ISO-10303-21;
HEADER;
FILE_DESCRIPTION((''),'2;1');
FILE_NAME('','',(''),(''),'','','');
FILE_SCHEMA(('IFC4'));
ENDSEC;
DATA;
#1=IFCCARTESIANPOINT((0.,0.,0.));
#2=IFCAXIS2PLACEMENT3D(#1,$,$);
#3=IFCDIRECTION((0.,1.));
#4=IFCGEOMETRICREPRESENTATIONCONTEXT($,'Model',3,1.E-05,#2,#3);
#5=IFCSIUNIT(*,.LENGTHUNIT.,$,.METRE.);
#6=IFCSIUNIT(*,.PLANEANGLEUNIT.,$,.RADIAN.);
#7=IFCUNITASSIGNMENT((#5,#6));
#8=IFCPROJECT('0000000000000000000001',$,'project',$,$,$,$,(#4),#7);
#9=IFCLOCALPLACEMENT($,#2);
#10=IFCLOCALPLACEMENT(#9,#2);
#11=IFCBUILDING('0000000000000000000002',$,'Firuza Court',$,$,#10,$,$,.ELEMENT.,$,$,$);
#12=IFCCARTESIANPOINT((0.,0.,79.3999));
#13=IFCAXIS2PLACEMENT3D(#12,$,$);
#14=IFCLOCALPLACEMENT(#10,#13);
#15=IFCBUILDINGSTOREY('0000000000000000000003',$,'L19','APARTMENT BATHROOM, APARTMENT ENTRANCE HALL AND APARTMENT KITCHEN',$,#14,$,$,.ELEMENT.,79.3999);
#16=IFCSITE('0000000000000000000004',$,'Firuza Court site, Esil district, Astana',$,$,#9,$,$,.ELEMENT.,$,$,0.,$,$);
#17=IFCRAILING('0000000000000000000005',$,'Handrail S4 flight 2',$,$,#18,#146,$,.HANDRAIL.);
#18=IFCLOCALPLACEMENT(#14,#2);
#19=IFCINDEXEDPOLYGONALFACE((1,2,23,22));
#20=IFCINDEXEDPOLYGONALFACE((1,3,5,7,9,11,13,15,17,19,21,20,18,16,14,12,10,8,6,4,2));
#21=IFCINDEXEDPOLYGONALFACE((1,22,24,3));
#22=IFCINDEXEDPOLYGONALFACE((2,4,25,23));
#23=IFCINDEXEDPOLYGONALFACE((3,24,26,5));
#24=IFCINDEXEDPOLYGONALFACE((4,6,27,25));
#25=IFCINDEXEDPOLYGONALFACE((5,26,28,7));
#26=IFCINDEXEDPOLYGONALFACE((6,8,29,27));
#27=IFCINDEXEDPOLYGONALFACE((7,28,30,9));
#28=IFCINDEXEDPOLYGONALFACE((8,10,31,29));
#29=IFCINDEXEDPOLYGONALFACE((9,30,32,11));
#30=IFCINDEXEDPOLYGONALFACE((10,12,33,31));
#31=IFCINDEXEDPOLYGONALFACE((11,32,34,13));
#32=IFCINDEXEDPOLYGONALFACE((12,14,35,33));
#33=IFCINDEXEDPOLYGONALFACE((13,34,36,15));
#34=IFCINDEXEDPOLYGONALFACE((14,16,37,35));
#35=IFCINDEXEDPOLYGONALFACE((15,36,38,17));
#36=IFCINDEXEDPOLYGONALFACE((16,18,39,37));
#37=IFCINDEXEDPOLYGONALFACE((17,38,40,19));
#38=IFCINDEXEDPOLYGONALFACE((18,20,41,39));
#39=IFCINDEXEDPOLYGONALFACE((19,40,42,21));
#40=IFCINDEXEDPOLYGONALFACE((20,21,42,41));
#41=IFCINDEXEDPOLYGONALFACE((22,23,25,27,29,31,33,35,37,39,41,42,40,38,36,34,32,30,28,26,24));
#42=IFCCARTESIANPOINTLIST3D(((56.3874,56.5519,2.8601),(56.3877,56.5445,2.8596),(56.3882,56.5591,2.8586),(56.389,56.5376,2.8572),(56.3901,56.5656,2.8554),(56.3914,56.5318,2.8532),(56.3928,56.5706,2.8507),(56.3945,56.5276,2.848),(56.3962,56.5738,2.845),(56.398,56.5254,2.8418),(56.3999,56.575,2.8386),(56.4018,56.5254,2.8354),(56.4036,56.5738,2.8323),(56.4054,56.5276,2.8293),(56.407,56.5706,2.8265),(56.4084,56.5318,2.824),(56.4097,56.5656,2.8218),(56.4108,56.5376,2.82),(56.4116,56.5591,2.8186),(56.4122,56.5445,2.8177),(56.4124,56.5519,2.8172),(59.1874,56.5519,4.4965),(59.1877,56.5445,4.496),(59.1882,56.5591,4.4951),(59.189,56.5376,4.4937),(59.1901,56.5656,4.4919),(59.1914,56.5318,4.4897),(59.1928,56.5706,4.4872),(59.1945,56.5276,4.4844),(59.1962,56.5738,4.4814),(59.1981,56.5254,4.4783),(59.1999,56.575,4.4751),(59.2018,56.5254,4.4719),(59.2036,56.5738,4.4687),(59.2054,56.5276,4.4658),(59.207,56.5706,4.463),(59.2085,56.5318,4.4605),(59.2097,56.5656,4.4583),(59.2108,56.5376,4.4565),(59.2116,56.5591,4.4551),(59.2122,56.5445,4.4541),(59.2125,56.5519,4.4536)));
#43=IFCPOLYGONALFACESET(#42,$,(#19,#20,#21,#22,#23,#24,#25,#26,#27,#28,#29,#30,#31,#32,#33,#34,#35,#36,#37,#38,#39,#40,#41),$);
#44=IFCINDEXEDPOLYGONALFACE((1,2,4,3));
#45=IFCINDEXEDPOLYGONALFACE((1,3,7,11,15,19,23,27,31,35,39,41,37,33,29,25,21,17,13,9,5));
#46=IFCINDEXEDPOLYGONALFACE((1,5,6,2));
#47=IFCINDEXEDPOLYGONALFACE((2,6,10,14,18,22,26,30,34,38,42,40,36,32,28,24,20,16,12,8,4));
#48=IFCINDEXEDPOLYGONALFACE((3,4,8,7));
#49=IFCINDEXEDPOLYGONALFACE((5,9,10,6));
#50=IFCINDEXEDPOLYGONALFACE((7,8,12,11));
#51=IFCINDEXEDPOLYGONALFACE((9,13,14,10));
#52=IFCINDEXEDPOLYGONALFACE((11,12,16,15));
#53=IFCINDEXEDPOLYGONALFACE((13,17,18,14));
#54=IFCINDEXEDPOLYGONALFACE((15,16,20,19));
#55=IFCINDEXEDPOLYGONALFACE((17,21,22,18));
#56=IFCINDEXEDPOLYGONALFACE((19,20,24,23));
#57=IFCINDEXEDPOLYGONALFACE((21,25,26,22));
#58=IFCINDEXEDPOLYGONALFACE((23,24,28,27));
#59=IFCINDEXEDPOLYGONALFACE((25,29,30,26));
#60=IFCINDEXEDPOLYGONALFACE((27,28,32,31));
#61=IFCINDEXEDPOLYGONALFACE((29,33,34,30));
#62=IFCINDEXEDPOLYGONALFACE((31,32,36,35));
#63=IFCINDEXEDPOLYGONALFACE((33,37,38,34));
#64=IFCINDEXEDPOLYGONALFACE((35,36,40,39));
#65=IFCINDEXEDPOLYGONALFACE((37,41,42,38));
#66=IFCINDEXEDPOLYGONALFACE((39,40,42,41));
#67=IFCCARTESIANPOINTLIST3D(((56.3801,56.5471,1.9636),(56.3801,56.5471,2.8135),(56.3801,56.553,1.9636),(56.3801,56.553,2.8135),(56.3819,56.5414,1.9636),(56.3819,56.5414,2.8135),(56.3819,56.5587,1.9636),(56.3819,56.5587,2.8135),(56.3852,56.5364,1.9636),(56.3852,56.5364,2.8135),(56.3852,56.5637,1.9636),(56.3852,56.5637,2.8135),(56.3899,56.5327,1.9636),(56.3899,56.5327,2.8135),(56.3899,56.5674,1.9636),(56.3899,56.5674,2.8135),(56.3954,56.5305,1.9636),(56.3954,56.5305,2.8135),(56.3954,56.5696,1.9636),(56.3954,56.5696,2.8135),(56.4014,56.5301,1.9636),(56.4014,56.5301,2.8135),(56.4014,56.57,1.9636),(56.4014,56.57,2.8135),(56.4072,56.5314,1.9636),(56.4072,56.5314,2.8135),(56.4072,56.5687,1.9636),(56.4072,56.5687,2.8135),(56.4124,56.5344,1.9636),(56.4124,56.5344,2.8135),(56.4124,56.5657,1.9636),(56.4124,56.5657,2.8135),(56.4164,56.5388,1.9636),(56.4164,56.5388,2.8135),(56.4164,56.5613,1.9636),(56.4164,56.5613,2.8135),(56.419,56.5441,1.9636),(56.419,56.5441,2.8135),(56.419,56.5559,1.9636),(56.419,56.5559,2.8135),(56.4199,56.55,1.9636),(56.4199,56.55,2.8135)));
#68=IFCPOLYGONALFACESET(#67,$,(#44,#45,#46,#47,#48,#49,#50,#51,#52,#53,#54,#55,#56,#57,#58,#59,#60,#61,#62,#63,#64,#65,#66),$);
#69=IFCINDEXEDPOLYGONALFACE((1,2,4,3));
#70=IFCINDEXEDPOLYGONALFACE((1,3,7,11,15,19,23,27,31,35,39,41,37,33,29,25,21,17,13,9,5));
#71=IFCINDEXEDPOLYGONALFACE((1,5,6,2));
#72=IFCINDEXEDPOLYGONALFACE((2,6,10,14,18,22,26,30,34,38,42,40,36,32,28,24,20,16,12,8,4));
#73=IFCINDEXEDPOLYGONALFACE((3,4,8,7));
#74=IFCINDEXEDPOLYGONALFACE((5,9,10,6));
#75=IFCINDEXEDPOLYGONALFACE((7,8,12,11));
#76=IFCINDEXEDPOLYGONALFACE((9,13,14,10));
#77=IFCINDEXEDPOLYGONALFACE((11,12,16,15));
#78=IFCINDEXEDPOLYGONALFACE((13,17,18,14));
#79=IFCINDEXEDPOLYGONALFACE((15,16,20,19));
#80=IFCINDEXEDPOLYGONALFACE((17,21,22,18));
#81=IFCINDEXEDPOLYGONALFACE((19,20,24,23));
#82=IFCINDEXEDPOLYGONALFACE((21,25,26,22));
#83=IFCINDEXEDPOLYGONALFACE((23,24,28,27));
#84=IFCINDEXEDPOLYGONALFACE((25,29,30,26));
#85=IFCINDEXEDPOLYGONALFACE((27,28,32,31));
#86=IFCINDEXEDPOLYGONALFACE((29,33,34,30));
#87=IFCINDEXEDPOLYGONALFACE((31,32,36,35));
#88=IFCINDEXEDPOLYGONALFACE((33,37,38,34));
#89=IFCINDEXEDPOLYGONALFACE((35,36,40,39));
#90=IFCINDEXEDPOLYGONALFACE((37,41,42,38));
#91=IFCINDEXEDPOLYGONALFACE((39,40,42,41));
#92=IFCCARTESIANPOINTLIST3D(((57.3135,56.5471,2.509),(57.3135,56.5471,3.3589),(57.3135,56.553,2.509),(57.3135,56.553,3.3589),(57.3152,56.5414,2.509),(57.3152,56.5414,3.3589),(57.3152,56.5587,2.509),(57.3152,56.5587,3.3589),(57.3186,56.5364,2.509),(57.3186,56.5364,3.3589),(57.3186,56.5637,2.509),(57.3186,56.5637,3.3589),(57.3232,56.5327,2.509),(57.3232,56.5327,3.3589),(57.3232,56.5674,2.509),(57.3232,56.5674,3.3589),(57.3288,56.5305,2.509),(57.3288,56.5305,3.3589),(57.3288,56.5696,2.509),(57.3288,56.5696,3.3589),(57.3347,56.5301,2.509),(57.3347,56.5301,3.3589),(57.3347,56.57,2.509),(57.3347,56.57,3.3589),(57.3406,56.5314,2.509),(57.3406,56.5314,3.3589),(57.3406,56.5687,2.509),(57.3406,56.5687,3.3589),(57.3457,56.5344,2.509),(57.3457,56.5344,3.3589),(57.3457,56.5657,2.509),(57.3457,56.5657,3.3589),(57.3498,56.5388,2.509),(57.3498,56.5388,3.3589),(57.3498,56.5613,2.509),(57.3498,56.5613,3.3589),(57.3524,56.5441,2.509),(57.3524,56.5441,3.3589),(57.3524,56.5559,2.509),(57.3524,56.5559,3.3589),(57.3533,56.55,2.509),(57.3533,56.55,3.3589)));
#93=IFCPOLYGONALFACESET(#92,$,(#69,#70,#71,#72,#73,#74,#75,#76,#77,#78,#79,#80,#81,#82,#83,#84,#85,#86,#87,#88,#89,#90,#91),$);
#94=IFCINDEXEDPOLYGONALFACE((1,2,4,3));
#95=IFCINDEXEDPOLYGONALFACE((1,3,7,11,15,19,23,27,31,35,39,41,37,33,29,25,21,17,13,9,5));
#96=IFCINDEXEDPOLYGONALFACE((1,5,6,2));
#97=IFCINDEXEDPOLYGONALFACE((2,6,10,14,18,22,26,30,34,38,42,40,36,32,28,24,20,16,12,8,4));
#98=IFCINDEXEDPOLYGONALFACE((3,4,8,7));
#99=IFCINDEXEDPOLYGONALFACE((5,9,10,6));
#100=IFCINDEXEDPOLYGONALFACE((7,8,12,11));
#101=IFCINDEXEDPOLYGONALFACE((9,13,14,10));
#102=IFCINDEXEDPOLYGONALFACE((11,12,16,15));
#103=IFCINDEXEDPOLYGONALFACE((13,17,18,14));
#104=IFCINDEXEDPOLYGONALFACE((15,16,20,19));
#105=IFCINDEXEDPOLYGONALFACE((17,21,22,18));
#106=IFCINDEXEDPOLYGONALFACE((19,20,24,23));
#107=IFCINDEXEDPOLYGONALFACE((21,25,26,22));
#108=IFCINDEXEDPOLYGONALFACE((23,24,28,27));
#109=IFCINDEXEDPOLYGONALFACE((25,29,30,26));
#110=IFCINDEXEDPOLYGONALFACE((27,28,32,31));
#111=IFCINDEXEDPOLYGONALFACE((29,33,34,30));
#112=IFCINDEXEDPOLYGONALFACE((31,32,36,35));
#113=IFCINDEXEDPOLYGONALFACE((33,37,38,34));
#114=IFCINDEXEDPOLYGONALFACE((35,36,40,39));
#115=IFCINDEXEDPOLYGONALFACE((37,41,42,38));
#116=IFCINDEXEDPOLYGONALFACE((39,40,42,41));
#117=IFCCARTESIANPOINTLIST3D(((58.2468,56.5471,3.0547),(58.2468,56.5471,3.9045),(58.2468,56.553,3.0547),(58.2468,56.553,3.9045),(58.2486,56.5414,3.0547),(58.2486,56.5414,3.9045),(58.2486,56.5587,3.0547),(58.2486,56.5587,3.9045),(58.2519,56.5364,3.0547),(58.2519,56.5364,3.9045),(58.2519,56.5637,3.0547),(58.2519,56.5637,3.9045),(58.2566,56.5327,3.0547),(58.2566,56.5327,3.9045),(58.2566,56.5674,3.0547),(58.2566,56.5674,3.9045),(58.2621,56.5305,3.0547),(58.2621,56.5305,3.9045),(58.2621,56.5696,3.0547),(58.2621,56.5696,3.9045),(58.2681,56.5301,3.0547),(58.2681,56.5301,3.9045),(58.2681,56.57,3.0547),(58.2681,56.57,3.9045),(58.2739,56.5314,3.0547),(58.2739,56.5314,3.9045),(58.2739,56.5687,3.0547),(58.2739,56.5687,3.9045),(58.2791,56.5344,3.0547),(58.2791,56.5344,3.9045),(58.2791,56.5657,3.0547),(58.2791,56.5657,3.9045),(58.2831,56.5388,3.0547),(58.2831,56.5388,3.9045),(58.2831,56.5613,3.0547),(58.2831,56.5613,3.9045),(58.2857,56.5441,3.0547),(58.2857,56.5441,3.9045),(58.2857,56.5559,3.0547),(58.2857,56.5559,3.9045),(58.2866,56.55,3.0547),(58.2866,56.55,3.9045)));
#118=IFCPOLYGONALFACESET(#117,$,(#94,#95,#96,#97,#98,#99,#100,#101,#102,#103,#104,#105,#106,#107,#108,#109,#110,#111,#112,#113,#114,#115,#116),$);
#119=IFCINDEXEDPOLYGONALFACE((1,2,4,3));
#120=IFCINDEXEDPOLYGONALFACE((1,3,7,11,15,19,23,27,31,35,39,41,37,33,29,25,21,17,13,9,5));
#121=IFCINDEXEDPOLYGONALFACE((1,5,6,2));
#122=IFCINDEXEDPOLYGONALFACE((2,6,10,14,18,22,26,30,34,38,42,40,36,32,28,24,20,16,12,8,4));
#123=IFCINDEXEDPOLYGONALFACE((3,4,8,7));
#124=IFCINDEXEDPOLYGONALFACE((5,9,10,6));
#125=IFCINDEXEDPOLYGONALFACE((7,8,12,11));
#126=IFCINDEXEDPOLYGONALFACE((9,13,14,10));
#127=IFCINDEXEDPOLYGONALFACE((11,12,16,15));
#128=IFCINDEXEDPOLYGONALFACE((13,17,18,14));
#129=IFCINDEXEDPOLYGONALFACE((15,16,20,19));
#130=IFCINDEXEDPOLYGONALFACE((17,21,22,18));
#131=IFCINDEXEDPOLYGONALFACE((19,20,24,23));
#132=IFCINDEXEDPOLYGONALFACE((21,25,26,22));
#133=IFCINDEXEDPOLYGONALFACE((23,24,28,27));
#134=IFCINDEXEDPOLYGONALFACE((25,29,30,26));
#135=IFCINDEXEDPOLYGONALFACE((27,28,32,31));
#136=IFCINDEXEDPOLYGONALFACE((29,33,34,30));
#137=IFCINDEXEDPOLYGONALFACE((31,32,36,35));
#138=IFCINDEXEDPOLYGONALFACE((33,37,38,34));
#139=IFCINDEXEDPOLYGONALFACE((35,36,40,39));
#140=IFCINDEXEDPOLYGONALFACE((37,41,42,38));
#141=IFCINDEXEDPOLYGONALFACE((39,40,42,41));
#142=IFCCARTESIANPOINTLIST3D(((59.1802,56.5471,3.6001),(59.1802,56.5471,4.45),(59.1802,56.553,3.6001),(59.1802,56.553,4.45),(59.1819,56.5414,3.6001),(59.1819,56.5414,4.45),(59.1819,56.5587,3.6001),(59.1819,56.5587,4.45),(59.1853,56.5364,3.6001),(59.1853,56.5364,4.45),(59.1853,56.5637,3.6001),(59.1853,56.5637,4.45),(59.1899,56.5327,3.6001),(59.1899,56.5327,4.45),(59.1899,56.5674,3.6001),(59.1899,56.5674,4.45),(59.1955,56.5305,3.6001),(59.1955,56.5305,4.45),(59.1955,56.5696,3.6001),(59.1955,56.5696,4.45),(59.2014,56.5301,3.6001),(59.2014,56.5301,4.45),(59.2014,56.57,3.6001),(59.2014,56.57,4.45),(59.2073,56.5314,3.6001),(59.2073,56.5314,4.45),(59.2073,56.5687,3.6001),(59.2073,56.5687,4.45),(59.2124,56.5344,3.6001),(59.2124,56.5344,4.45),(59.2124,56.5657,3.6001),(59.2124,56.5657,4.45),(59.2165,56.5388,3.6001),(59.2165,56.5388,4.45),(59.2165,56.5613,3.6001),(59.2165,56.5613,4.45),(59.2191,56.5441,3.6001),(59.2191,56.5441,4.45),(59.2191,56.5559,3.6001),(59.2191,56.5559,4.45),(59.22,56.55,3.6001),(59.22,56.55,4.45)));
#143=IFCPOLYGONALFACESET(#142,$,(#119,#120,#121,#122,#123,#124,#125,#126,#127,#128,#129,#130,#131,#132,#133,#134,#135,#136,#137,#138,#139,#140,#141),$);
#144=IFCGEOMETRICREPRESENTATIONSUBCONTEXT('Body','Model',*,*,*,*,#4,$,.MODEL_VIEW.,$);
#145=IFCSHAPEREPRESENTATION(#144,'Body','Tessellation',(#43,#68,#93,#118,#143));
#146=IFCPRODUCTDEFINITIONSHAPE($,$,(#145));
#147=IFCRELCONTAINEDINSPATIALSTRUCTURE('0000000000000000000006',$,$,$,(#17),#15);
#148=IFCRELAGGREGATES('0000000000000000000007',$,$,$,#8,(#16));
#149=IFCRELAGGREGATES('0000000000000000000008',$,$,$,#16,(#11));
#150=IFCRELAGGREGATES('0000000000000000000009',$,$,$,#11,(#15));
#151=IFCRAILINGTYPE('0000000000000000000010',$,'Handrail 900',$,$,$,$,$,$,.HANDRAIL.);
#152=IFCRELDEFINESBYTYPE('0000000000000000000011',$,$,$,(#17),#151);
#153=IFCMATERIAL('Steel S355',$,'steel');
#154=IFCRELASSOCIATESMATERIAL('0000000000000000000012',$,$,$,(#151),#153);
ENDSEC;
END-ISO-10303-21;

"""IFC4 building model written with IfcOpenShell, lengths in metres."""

from ifc_helpers import new_model, si_unit, direction, frame, origin, origin_2d, place, context, subcontext, project, spatial, circle, extrude, material, type_object, element, save


model = new_model("IFC4")

# Units and contexts
model_context = context("Model", 3, precision=1e-05, world=origin(), true_north=direction((0.0, 1.0)))
body_context = subcontext(model_context, "Body", "Model", "MODEL_VIEW")
ifc_project = project(units=[si_unit("LENGTHUNIT", "METRE"), si_unit("PLANEANGLEUNIT", "RADIAN")], contexts=[model_context])

# Site, building, storey
site_placement = place(None, origin())
site = spatial("IfcSite", under=ifc_project, at=site_placement, Name="Firuza Court site, Esil district, Astana", CompositionType="ELEMENT", RefElevation=0.0)
building_placement = place(site_placement, origin())
building = spatial("IfcBuilding", under=site, at=building_placement, Name="Firuza Court", CompositionType="ELEMENT")
storey_placement = place(building_placement, frame((0.0, 0.0, 79.3999)))
storey = spatial("IfcBuildingStorey", under=building, at=storey_placement, Name="L19", Description="APARTMENT BATHROOM, APARTMENT ENTRANCE HALL AND APARTMENT KITCHEN", CompositionType="ELEMENT", Elevation=79.3999)

# Railing
ifc_material_1 = material(Name="Steel S355", Category="steel")
railing_type_1 = type_object("IfcRailingType", Name="Handrail 900", PredefinedType="HANDRAIL", material=ifc_material_1)
railing_1_placement = place(storey_placement, frame((56.3999, 56.55, 1.9636)))
element("IfcRailing", 1, at=railing_1_placement, inside=storey, type_object=railing_type_1, Name="Handrail S4 flight 2", PredefinedType="HANDRAIL", context=body_context, shape_type="SweptSolid", body=[
    extrude(circle(Radius=0.0249, at=origin_2d()), frame((0.0, 0.0, 0.875), z_axis=(0.863361, 0.0, 0.504587), x_axis=(0.0, 1.0, 0.0)), (0.0, 0.0, 1.0), 3.2432),
    extrude(circle(Radius=0.02, at=origin_2d()), origin(), (0.0, 0.0, 1.0), 0.8499),
    extrude(circle(Radius=0.02, at=origin_2d()), frame((0.9333, 0.0, 0.5454)), (0.0, 0.0, 1.0), 0.8499),
    extrude(circle(Radius=0.02, at=origin_2d()), frame((1.8667, 0.0, 1.0911)), (0.0, 0.0, 1.0), 0.8499),
    extrude(circle(Radius=0.02, at=origin_2d()), frame((2.8, 0.0, 1.6365)), (0.0, 0.0, 1.0), 0.8499),
])

save(model, "model.ifc")
